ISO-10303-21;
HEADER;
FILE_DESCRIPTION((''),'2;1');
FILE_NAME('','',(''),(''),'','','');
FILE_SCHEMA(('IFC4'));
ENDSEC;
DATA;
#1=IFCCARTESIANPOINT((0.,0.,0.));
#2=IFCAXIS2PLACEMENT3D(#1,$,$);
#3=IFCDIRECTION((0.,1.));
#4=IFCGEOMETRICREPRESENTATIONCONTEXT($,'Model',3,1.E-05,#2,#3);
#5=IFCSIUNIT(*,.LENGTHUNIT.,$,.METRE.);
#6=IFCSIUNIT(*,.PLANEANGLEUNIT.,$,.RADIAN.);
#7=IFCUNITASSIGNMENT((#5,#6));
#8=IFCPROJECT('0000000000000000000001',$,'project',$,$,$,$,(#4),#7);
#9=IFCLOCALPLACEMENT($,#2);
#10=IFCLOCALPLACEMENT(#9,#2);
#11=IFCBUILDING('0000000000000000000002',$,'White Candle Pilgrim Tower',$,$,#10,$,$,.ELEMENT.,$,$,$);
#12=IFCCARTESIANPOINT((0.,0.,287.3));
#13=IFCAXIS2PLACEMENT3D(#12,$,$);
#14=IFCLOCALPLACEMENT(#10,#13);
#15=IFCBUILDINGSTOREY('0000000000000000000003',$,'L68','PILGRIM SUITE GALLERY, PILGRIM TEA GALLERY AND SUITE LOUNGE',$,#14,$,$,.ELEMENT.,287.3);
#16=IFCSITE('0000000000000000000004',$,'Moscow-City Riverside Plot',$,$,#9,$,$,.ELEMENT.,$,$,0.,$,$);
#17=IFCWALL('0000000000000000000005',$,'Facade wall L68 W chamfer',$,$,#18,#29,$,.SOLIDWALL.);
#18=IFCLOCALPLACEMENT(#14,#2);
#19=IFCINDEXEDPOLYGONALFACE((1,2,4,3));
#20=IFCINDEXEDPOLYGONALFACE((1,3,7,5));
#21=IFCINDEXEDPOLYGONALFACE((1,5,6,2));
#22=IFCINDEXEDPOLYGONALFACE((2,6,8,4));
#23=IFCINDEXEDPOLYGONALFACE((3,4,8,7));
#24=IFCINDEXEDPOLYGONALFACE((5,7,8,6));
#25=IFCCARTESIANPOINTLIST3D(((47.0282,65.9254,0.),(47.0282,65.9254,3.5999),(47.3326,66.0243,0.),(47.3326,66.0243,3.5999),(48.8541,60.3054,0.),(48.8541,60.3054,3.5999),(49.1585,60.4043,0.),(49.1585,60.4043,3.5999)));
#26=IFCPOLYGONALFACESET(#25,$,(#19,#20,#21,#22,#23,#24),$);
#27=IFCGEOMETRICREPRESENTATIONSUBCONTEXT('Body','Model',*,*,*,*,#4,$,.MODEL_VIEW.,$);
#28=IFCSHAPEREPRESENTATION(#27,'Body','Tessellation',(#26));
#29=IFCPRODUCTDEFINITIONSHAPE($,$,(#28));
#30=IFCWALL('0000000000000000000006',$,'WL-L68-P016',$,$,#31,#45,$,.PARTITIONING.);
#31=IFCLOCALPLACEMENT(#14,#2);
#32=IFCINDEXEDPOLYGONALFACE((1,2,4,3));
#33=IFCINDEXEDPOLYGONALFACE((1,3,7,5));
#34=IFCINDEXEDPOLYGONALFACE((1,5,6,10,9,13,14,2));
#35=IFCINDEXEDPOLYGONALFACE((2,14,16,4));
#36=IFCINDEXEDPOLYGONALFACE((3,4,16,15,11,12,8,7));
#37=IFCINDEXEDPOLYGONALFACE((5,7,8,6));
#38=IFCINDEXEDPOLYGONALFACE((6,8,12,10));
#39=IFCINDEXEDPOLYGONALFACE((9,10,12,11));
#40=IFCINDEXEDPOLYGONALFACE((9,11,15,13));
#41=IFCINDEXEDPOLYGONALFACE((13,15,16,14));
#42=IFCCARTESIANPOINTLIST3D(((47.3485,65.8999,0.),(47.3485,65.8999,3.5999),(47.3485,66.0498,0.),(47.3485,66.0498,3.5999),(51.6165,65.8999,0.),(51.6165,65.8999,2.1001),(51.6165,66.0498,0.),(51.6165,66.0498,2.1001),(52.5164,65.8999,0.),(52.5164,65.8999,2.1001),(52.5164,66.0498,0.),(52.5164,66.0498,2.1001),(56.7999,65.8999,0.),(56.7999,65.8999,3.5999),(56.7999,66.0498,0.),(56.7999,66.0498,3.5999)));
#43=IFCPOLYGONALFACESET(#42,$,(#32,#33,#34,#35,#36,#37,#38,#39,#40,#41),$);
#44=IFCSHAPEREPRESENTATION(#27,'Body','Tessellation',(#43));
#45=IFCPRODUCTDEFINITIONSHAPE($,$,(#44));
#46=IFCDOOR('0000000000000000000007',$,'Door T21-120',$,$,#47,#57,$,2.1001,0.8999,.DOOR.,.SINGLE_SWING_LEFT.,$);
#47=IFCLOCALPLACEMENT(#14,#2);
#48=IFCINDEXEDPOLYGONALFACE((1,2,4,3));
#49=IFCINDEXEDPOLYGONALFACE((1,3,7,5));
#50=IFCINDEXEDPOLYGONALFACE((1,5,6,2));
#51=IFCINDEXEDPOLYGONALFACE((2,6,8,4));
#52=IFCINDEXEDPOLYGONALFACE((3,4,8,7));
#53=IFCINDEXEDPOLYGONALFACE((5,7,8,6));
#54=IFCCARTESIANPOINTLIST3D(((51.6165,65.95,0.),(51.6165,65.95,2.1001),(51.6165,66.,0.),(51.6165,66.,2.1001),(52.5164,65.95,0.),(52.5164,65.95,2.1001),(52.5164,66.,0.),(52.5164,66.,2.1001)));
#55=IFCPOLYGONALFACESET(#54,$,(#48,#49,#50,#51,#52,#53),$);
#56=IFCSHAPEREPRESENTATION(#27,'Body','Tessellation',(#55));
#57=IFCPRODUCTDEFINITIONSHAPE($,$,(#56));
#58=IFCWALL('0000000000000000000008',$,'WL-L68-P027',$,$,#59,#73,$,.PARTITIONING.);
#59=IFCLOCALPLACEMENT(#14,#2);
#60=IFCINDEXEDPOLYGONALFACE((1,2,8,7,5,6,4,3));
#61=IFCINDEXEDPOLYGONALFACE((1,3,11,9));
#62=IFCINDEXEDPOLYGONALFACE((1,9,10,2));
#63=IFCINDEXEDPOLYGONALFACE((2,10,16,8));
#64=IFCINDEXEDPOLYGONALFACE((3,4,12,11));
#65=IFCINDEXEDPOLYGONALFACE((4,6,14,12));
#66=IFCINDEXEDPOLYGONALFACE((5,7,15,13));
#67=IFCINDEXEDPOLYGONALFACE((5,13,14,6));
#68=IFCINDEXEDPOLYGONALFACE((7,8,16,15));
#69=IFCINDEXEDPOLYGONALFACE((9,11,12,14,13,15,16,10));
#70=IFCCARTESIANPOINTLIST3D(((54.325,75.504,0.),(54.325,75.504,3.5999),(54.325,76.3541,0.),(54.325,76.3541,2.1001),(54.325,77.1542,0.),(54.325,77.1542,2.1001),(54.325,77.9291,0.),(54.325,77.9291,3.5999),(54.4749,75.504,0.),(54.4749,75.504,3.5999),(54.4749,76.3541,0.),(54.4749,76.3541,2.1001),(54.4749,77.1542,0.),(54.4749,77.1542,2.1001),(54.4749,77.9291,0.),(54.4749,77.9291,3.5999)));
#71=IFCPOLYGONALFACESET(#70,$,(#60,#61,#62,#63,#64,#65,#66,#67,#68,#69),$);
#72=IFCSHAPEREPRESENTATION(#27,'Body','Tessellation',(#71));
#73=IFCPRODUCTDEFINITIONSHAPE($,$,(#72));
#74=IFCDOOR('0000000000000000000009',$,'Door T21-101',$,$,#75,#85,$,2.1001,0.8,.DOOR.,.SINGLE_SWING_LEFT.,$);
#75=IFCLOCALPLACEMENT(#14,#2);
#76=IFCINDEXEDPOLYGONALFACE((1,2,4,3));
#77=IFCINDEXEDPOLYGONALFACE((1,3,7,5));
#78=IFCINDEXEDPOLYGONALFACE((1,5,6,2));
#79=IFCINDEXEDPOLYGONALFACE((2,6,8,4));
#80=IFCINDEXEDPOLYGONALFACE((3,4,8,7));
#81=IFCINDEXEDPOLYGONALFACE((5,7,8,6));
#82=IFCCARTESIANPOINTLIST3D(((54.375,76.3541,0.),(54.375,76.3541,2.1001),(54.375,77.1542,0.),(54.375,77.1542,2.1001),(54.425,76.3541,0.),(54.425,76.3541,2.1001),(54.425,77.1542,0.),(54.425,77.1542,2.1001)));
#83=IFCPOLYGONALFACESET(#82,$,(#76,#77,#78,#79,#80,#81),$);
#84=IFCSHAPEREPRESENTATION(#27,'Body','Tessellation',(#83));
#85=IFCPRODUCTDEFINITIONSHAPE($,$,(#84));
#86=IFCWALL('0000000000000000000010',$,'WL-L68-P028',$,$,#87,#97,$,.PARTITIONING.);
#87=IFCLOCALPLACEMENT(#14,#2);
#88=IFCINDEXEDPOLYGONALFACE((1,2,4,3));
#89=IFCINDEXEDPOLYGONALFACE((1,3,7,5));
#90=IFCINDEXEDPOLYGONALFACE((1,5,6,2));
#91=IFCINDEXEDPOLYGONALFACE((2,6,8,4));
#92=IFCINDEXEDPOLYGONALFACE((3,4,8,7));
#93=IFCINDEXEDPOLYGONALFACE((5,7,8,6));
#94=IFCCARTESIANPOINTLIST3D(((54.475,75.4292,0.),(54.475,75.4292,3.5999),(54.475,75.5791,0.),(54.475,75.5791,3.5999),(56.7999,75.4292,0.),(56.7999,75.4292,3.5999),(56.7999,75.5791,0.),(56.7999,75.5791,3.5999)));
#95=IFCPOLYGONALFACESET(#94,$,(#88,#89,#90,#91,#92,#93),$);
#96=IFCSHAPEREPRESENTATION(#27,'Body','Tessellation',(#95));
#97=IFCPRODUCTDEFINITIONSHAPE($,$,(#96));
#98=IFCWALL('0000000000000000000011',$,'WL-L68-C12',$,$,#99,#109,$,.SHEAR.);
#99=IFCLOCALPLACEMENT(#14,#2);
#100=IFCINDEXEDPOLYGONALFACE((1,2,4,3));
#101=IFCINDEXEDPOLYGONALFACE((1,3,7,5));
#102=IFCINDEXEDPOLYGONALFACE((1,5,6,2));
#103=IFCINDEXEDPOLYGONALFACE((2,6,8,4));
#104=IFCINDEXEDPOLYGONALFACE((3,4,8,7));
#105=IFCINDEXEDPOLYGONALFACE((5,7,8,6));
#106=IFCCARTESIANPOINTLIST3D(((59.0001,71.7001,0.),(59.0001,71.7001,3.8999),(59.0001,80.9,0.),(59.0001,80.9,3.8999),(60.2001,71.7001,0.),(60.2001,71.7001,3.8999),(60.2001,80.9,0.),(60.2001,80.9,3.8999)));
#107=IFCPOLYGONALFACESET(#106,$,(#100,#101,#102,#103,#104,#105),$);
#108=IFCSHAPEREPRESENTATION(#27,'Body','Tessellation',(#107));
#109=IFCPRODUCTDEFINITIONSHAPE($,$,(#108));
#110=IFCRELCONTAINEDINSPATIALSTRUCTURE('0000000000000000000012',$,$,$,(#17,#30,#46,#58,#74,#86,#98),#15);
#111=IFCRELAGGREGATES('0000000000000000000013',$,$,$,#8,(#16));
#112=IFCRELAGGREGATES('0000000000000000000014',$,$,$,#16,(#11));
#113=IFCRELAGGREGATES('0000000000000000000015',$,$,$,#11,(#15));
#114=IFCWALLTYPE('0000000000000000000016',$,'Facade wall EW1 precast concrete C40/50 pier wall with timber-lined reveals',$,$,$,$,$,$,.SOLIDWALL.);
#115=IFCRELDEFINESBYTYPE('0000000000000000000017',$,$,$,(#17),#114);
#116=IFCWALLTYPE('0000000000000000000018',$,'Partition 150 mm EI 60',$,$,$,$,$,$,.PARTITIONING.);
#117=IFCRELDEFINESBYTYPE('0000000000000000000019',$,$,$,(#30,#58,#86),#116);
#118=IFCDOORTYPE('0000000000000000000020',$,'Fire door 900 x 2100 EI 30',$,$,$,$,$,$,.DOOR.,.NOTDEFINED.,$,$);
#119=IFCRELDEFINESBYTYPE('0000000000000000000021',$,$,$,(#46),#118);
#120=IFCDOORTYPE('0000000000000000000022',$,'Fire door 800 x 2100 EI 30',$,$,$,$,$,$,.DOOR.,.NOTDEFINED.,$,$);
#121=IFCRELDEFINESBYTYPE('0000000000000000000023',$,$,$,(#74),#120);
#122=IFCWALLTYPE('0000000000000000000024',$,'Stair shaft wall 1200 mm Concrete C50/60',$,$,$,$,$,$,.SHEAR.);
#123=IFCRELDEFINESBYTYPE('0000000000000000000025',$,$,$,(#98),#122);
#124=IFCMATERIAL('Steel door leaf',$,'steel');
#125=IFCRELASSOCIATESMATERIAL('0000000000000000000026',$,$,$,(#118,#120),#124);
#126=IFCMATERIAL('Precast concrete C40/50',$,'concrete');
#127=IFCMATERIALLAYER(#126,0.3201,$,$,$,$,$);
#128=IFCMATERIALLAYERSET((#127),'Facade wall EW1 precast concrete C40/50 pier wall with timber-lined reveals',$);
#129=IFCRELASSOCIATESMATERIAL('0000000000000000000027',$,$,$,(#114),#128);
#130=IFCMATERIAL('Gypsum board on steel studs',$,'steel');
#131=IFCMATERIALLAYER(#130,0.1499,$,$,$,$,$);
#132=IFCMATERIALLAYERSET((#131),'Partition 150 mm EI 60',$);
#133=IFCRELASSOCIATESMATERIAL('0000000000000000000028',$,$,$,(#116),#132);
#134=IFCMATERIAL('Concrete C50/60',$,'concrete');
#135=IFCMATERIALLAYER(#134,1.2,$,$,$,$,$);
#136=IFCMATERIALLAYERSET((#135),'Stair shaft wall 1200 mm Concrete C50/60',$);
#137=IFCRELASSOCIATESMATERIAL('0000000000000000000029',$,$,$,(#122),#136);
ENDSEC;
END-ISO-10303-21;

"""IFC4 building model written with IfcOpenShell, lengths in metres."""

from ifc_helpers import new_model, si_unit, direction, frame, frame_2d, origin, place, context, subcontext, project, spatial, rectangle, extrude, material, layer, layer_set, type_object, element, fill, save


model = new_model("IFC4")

# Units and contexts
model_context = context("Model", 3, precision=1e-05, world=origin(), true_north=direction((0.0, 1.0)))
body_context = subcontext(model_context, "Body", "Model", "MODEL_VIEW")
ifc_project = project(units=[si_unit("LENGTHUNIT", "METRE"), si_unit("PLANEANGLEUNIT", "RADIAN")], contexts=[model_context])

# Site, building, storey
site_placement = place(None, origin())
site = spatial("IfcSite", under=ifc_project, at=site_placement, Name="Moscow-City Riverside Plot", CompositionType="ELEMENT", RefElevation=0.0)
building_placement = place(site_placement, origin())
building = spatial("IfcBuilding", under=site, at=building_placement, Name="White Candle Pilgrim Tower", CompositionType="ELEMENT")
storey_placement = place(building_placement, frame((0.0, 0.0, 287.3)))
storey = spatial("IfcBuildingStorey", under=building, at=storey_placement, Name="L68", Description="PILGRIM SUITE GALLERY, PILGRIM TEA GALLERY AND SUITE LOUNGE", CompositionType="ELEMENT", Elevation=287.3)

# Shared definitions
ifc_material_1 = material(Name="Concrete C50/60", Category="concrete")

# Shared definitions
ifc_material_2 = material(Name="Gypsum board on steel studs", Category="steel")
ifc_material_3 = material(Name="Steel door leaf", Category="steel")
door_type_1 = type_object("IfcDoorType", Name="Fire door 900 x 2100 EI 30", OperationType="NOTDEFINED", PredefinedType="DOOR", material=ifc_material_3)

# Wall
ifc_material_4 = material(Name="Precast concrete C40/50", Category="concrete")
ifc_layer_1 = layer(ifc_material_4, 0.3201)
ifc_layer_set_1 = layer_set([ifc_layer_1], Name="Facade wall EW1 precast concrete C40/50 pier wall with timber-lined reveals")
wall_type_1 = type_object("IfcWallType", Name="Facade wall EW1 precast concrete C40/50 pier wall with timber-lined reveals", PredefinedType="SOLIDWALL", material=ifc_layer_set_1)
wall_1_placement = place(storey_placement, frame((47.1804, 65.9749, 0.0), z_axis=(0.0, 0.0, 1.0), x_axis=(0.308993, -0.951064, 0.0)))
element("IfcWall", 1, at=wall_1_placement, inside=storey, type_object=wall_type_1, Name="Facade wall L68 W chamfer", PredefinedType="SOLIDWALL", context=body_context, shape_type="SweptSolid", body=[
    extrude(rectangle(XDim=5.9092, YDim=0.3201, at=frame_2d((2.9546, 0.0))), origin(), (0.0, 0.0, 1.0), 3.5999),
])

# Walls, openings, doors
ifc_layer_2 = layer(ifc_material_2, 0.1499)
ifc_layer_set_2 = layer_set([ifc_layer_2], Name="Partition 150 mm EI 60")
wall_type_2 = type_object("IfcWallType", Name="Partition 150 mm EI 60", PredefinedType="PARTITIONING", material=ifc_layer_set_2)
wall_2_placement = place(storey_placement, frame((47.3486, 65.9749, 0.0), z_axis=(0.0, 0.0, 1.0), x_axis=(1.0, 0.0, 0.0)))
wall_2 = element("IfcWall", 2, at=wall_2_placement, inside=storey, type_object=wall_type_2, Name="WL-L68-P016", PredefinedType="PARTITIONING", context=body_context, shape_type="SweptSolid", body=[
    extrude(rectangle(XDim=9.4514, YDim=0.1499, at=frame_2d((4.7256, 0.0))), origin(), (0.0, 0.0, 1.0), 3.5999),
])
opening_1_placement = place(wall_2_placement, frame((4.2678, 0.0, 0.0)))
opening_1 = element("IfcOpeningElement", 3, at=opening_1_placement, cuts=wall_2, PredefinedType="OPENING", context=body_context, shape_type="SweptSolid", body=[
    extrude(rectangle(XDim=0.8999, YDim=2.1001, at=frame_2d((0.45, 1.05))), frame((0.0, 0.085, 0.0), z_axis=(0.0, -1.0, 0.0), x_axis=(1.0, 0.0, 0.0)), (0.0, 0.0, 1.0), 0.1699),
])
door_1_placement = place(opening_1_placement, frame((0.8999, 0.0, 0.0), z_axis=(0.0, 0.0, 1.0), x_axis=(-1.0, 0.0, 0.0)))
door_1 = element("IfcDoor", 4, at=door_1_placement, inside=storey, type_object=door_type_1, Name="Door T21-120", OperationType="SINGLE_SWING_LEFT", OverallHeight=2.1001, OverallWidth=0.8999, PredefinedType="DOOR", context=body_context, shape_type="SweptSolid", body=[
    extrude(rectangle(XDim=0.8999, YDim=2.1001, at=frame_2d((0.45, 1.05))), frame((0.0, 0.0249, 0.0), z_axis=(0.0, -1.0, 0.0), x_axis=(1.0, 0.0, 0.0)), (0.0, 0.0, 1.0), 0.05),
])
fill(opening_1, door_1)
wall_3_placement = place(storey_placement, frame((54.3999, 75.5042, 0.0), z_axis=(0.0, 0.0, 1.0), x_axis=(0.0, 1.0, 0.0)))
wall_3 = element("IfcWall", 5, at=wall_3_placement, inside=storey, type_object=wall_type_2, Name="WL-L68-P027", PredefinedType="PARTITIONING", context=body_context, shape_type="SweptSolid", body=[
    extrude(rectangle(XDim=2.425, YDim=0.1499, at=frame_2d((1.2124, 0.0))), origin(), (0.0, 0.0, 1.0), 3.5999),
])
opening_2_placement = place(wall_3_placement, frame((0.8501, 0.0, 0.0)))
opening_2 = element("IfcOpeningElement", 6, at=opening_2_placement, cuts=wall_3, PredefinedType="OPENING", context=body_context, shape_type="SweptSolid", body=[
    extrude(rectangle(XDim=0.8, YDim=2.1001, at=frame_2d((0.3999, 1.05))), frame((0.0, 0.085, 0.0), z_axis=(0.0, -1.0, 0.0), x_axis=(1.0, 0.0, 0.0)), (0.0, 0.0, 1.0), 0.1699),
])
door_type_2 = type_object("IfcDoorType", Name="Fire door 800 x 2100 EI 30", OperationType="NOTDEFINED", PredefinedType="DOOR", material=ifc_material_3)
door_2_placement = place(opening_2_placement, origin())
door_2 = element("IfcDoor", 7, at=door_2_placement, inside=storey, type_object=door_type_2, Name="Door T21-101", OperationType="SINGLE_SWING_LEFT", OverallHeight=2.1001, OverallWidth=0.8, PredefinedType="DOOR", context=body_context, shape_type="SweptSolid", body=[
    extrude(rectangle(XDim=0.8, YDim=2.1001, at=frame_2d((0.3999, 1.05))), frame((0.0, 0.0249, 0.0), z_axis=(0.0, -1.0, 0.0), x_axis=(1.0, 0.0, 0.0)), (0.0, 0.0, 1.0), 0.05),
])
fill(opening_2, door_2)

# Walls
wall_4_placement = place(storey_placement, frame((56.8, 75.5042, 0.0), z_axis=(0.0, 0.0, 1.0), x_axis=(-1.0, 0.0, 0.0)))
element("IfcWall", 8, at=wall_4_placement, inside=storey, type_object=wall_type_2, Name="WL-L68-P028", PredefinedType="PARTITIONING", context=body_context, shape_type="SweptSolid", body=[
    extrude(rectangle(XDim=2.325, YDim=0.1499, at=frame_2d((1.1626, 0.0))), origin(), (0.0, 0.0, 1.0), 3.5999),
])
ifc_layer_3 = layer(ifc_material_1, 1.2)
ifc_layer_set_3 = layer_set([ifc_layer_3], Name="Stair shaft wall 1200 mm Concrete C50/60")
wall_type_3 = type_object("IfcWallType", Name="Stair shaft wall 1200 mm Concrete C50/60", PredefinedType="SHEAR", material=ifc_layer_set_3)
wall_5_placement = place(storey_placement, frame((59.6001, 71.7, 0.0), z_axis=(0.0, 0.0, 1.0), x_axis=(0.0, 1.0, 0.0)))
element("IfcWall", 9, at=wall_5_placement, inside=storey, type_object=wall_type_3, Name="WL-L68-C12", PredefinedType="SHEAR", context=body_context, shape_type="SweptSolid", body=[
    extrude(rectangle(XDim=9.2, YDim=1.2, at=frame_2d((4.6001, 0.0))), origin(), (0.0, 0.0, 1.0), 3.8999),
])

save(model, "model.ifc")
